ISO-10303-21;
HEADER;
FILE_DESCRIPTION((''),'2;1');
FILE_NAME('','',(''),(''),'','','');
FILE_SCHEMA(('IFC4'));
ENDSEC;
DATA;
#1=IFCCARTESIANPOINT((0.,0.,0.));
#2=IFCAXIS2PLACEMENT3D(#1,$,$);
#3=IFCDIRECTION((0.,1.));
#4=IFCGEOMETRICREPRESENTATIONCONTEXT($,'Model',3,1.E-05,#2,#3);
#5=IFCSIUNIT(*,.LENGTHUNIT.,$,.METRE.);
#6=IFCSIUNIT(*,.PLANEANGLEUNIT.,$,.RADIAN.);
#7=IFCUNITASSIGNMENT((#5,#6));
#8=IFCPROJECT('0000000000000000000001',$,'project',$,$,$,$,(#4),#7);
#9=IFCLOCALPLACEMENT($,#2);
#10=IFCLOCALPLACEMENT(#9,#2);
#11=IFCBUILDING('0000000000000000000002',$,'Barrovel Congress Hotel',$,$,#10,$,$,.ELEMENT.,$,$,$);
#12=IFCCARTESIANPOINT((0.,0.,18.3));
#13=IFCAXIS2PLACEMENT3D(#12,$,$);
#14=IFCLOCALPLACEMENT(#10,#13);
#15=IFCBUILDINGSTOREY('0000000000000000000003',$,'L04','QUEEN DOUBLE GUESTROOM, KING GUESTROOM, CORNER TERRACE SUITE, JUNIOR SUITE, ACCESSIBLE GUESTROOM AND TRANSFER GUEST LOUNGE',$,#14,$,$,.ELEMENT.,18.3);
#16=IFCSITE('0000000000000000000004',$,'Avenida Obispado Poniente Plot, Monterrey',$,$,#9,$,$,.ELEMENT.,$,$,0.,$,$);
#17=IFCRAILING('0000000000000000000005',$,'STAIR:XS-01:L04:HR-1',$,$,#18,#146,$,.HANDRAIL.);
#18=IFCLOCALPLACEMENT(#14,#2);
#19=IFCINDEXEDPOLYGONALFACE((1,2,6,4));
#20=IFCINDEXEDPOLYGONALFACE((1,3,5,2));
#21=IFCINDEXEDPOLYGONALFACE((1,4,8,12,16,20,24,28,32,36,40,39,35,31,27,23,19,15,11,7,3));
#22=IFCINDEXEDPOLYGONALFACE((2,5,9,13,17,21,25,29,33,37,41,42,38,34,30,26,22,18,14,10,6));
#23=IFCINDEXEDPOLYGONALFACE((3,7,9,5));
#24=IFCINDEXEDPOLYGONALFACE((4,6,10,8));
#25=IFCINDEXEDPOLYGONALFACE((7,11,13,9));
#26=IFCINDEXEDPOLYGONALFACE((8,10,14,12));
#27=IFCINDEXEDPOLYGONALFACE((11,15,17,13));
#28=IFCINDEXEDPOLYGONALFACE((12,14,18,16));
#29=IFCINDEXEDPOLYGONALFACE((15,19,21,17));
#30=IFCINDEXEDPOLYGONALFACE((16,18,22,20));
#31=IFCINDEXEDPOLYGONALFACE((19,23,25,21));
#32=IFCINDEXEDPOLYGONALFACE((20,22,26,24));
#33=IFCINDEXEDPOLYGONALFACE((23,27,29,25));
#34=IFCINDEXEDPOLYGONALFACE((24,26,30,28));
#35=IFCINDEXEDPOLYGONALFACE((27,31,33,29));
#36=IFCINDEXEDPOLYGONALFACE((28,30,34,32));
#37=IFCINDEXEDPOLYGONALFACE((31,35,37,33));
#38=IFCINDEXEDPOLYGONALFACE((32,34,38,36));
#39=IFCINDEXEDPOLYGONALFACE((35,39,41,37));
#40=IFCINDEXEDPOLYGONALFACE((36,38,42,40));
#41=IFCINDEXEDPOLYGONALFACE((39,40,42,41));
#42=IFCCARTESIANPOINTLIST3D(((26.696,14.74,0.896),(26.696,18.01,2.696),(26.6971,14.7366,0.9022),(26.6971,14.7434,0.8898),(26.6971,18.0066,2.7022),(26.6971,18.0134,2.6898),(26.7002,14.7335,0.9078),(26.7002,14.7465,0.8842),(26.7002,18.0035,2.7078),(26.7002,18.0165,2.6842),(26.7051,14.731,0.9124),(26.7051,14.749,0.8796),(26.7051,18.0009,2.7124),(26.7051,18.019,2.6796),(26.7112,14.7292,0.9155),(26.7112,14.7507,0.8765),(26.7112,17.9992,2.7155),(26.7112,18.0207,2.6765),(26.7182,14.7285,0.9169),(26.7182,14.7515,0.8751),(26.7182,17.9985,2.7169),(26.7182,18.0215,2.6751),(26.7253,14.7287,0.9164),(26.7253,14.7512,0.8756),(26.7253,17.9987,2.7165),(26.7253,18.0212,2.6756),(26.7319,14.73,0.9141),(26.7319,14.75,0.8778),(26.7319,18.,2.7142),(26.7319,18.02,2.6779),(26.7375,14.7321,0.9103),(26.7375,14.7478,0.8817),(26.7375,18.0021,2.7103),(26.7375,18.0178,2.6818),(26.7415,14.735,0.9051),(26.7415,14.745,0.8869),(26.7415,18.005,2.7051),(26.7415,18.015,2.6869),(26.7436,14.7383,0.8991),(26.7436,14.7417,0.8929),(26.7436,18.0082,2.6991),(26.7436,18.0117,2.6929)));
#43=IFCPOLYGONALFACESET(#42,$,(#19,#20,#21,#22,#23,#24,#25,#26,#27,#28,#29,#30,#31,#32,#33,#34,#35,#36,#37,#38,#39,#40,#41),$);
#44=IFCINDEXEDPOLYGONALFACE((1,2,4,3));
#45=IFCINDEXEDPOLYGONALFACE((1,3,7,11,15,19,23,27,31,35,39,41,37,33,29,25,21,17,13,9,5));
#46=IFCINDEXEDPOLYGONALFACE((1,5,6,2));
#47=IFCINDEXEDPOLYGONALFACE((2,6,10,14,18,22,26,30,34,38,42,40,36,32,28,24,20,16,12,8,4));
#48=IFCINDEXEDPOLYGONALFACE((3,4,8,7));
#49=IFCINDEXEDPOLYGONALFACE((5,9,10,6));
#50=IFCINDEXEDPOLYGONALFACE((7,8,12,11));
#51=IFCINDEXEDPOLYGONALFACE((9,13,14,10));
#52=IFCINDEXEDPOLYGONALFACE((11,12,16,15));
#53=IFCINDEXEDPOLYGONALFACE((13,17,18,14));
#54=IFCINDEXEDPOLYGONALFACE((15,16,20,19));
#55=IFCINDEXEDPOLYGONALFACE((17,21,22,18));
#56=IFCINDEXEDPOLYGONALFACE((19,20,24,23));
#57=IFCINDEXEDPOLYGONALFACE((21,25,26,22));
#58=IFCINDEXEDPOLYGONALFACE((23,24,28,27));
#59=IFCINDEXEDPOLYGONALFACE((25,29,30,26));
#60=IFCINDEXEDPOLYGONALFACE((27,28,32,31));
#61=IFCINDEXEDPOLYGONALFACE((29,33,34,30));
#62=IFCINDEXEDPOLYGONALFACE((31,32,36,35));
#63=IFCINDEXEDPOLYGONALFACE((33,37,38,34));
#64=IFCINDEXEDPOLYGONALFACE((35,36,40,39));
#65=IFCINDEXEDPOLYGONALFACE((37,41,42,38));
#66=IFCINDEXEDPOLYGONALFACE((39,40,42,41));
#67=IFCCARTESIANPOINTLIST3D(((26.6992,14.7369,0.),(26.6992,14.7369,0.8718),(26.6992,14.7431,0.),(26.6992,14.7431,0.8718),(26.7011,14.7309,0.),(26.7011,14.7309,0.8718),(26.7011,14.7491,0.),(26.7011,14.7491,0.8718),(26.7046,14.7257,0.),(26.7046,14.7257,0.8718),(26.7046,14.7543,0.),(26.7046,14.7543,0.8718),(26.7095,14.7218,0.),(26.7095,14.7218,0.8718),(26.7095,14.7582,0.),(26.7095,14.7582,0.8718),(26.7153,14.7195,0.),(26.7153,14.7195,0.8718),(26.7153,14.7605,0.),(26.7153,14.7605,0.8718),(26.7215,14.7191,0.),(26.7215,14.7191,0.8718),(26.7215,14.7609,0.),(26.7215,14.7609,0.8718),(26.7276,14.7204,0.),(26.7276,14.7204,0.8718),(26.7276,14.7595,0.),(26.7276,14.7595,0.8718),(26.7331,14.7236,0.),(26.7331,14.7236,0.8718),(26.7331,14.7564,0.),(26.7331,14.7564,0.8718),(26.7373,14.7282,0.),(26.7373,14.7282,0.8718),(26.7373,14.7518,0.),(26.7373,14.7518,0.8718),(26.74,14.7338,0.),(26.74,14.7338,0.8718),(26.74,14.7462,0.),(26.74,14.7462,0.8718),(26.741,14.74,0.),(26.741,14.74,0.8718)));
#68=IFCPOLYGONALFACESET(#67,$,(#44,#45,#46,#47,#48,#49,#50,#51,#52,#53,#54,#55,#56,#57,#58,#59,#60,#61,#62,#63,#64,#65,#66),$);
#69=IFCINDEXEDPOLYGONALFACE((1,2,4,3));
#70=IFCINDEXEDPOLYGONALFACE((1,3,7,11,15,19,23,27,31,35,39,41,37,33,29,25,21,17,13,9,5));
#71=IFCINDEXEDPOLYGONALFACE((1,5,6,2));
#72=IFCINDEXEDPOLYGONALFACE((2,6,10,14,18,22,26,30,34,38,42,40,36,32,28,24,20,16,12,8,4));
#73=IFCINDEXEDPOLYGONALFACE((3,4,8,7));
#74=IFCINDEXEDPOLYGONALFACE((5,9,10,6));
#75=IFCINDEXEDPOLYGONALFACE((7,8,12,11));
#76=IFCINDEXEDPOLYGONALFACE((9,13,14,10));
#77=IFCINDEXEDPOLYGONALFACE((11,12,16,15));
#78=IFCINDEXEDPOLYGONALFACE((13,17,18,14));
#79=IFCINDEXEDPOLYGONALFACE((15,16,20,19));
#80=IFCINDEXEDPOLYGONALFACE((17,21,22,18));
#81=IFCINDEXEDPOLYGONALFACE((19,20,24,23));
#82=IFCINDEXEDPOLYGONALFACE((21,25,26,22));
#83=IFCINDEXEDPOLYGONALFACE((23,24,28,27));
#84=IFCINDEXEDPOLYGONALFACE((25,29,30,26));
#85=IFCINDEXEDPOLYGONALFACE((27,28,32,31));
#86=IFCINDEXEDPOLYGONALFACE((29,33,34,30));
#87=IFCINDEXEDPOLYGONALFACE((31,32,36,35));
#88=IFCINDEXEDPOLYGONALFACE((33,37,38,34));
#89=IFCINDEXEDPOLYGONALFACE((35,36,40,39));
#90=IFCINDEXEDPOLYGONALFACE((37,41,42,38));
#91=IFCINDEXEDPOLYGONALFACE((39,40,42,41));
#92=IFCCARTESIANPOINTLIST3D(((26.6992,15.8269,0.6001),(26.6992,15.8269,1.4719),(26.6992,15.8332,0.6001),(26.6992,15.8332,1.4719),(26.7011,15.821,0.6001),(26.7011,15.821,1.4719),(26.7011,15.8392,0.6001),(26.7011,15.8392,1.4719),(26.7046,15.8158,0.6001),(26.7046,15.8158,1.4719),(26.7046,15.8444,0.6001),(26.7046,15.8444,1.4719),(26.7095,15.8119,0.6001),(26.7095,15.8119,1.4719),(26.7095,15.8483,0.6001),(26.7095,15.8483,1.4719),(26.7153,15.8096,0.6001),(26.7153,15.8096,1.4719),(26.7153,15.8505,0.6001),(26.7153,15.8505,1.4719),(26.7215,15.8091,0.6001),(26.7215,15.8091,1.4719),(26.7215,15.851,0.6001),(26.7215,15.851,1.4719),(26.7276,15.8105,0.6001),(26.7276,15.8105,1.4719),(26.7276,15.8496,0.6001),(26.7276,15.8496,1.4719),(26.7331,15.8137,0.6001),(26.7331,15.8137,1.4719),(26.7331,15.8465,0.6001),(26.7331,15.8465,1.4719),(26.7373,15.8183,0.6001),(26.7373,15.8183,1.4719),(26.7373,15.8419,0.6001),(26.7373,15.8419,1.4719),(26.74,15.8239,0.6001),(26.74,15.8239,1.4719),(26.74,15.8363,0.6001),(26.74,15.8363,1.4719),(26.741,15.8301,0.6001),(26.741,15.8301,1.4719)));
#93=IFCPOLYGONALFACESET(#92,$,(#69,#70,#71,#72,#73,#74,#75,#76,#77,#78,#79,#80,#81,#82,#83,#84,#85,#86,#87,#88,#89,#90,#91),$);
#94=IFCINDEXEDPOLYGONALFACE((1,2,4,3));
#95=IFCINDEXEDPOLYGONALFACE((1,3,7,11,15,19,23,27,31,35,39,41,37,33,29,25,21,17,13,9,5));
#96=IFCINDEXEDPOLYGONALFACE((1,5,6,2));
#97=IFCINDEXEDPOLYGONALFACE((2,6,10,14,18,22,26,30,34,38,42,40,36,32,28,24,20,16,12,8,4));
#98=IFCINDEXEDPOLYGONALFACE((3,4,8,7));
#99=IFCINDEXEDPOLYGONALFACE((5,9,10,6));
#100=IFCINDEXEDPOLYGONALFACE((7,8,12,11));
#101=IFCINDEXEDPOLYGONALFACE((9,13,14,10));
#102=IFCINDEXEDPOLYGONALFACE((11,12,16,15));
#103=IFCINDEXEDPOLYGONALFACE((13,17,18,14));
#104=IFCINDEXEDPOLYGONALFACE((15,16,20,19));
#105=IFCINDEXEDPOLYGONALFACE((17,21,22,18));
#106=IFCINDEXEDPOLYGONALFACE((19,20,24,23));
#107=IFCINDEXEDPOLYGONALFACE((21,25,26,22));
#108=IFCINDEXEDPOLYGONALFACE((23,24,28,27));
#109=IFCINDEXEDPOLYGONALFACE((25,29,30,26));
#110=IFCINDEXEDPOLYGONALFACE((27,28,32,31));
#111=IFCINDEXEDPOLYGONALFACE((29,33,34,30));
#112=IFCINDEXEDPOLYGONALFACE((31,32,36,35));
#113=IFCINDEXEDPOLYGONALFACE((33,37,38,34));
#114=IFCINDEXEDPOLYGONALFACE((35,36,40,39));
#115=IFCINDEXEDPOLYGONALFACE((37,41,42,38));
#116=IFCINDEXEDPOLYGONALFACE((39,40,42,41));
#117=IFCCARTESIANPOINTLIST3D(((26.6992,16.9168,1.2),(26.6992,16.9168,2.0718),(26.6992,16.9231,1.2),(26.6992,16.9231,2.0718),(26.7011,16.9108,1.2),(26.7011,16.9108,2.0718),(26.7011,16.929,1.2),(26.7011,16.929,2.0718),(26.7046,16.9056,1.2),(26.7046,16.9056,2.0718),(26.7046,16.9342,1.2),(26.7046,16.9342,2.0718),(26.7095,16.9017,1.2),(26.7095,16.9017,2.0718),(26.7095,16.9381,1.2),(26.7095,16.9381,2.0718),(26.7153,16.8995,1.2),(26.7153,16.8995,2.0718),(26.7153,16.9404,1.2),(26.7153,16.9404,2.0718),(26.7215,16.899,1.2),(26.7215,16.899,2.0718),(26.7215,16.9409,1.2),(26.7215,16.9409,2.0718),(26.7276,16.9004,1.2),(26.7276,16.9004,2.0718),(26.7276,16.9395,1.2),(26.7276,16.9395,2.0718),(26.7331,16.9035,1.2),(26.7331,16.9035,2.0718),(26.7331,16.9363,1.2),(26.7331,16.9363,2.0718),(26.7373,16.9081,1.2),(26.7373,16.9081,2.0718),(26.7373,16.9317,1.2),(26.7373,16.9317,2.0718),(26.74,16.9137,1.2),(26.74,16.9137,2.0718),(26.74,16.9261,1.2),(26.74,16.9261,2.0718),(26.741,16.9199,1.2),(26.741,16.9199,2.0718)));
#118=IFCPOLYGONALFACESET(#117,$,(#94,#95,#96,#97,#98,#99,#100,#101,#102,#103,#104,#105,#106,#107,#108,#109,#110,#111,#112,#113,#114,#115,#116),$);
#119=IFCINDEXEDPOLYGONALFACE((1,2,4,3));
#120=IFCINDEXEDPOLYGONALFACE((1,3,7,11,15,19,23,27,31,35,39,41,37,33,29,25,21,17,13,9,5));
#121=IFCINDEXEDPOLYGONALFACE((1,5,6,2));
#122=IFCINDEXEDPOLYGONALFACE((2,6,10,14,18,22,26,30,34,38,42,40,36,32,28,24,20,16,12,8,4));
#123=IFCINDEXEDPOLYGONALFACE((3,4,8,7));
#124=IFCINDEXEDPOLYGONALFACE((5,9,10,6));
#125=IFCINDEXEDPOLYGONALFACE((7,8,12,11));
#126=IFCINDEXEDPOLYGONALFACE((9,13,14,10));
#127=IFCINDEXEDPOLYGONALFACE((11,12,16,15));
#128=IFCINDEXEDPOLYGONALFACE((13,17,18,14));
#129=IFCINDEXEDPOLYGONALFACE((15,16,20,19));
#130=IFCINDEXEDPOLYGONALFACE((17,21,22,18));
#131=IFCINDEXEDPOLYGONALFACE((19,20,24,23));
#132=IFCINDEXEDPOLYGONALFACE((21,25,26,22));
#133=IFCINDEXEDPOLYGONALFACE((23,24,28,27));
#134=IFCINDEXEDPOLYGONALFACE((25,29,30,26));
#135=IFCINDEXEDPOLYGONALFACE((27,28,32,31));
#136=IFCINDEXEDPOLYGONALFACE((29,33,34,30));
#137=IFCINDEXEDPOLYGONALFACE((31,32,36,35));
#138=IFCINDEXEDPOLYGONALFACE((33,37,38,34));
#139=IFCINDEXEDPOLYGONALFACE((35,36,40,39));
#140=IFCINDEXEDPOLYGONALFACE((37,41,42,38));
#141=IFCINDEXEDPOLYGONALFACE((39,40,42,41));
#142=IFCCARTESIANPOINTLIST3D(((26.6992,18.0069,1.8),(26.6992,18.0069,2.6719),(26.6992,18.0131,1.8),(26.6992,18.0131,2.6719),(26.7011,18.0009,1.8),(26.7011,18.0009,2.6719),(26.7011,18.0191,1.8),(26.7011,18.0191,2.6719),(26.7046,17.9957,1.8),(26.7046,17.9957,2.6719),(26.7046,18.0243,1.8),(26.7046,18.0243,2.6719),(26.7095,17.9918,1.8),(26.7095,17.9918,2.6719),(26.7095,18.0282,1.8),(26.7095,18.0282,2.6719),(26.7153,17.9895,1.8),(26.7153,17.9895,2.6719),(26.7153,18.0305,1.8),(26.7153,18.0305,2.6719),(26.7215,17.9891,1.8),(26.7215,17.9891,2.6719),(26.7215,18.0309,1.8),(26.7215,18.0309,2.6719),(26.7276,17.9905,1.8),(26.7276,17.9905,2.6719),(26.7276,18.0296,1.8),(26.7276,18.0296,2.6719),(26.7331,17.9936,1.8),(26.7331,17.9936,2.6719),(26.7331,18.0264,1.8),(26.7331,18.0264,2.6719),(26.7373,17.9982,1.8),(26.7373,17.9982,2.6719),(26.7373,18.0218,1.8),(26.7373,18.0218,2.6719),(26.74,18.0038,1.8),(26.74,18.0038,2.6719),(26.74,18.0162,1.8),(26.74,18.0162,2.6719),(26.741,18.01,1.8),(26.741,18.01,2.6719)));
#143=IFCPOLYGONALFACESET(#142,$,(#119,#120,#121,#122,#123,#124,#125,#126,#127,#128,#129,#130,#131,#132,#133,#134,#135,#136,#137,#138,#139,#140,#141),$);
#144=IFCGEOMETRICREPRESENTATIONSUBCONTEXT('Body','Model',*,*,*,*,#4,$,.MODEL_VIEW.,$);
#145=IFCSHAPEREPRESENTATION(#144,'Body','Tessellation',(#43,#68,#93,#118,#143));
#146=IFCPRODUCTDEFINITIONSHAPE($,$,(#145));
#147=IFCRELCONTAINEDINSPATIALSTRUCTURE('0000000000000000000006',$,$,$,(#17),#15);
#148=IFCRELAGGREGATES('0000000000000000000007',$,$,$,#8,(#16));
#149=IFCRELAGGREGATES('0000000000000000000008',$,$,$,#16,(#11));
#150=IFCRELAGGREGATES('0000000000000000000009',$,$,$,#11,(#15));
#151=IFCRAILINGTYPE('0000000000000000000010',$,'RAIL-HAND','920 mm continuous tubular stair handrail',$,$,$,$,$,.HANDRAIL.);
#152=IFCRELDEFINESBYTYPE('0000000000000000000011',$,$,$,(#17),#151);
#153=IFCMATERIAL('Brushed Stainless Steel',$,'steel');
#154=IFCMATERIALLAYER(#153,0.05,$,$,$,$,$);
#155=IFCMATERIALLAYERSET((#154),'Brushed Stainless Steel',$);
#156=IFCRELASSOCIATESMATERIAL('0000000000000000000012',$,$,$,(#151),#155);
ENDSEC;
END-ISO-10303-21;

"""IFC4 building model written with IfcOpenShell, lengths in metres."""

from ifc_helpers import new_model, si_unit, direction, frame, origin, origin_2d, place, context, subcontext, project, spatial, circle, extrude, material, layer, layer_set, type_object, element, save


model = new_model("IFC4")

# Units and contexts
model_context = context("Model", 3, precision=1e-05, world=origin(), true_north=direction((0.0, 1.0)))
body_context = subcontext(model_context, "Body", "Model", "MODEL_VIEW")
ifc_project = project(units=[si_unit("LENGTHUNIT", "METRE"), si_unit("PLANEANGLEUNIT", "RADIAN")], contexts=[model_context])

# Site, building, storey
site_placement = place(None, origin())
site = spatial("IfcSite", under=ifc_project, at=site_placement, Name="Avenida Obispado Poniente Plot, Monterrey", CompositionType="ELEMENT", RefElevation=0.0)
building_placement = place(site_placement, origin())
building = spatial("IfcBuilding", under=site, at=building_placement, Name="Barrovel Congress Hotel", CompositionType="ELEMENT")
storey_placement = place(building_placement, frame((0.0, 0.0, 18.3)))
storey = spatial("IfcBuildingStorey", under=building, at=storey_placement, Name="L04", Description="QUEEN DOUBLE GUESTROOM, KING GUESTROOM, CORNER TERRACE SUITE, JUNIOR SUITE, ACCESSIBLE GUESTROOM AND TRANSFER GUEST LOUNGE", CompositionType="ELEMENT", Elevation=18.3)

# Railing
ifc_material_1 = material(Name="Brushed Stainless Steel", Category="steel")
ifc_layer_1 = layer(ifc_material_1, 0.05)
ifc_layer_set_1 = layer_set([ifc_layer_1], Name="Brushed Stainless Steel")
railing_type_1 = type_object("IfcRailingType", Name="RAIL-HAND", Description="920 mm continuous tubular stair handrail", PredefinedType="HANDRAIL", material=ifc_layer_set_1)
railing_1_placement = place(storey_placement, frame((26.72, 14.74, 0.0)))
element("IfcRailing", 1, at=railing_1_placement, inside=storey, type_object=railing_type_1, Name="STAIR:XS-01:L04:HR-1", PredefinedType="HANDRAIL", context=body_context, shape_type="SweptSolid", body=[
    extrude(circle(Radius=0.0239, at=origin_2d()), frame((0.0, 0.0, 0.896), z_axis=(0.0, 0.876042, 0.482235), x_axis=(-1.0, 0.0, 0.0)), (0.0, 0.0, 1.0), 3.7327),
    extrude(circle(Radius=0.021, at=origin_2d()), origin(), (0.0, 0.0, 1.0), 0.8718),
    extrude(circle(Radius=0.021, at=origin_2d()), frame((0.0, 1.0901, 0.6001)), (0.0, 0.0, 1.0), 0.8718),
    extrude(circle(Radius=0.021, at=origin_2d()), frame((0.0, 2.1799, 1.2)), (0.0, 0.0, 1.0), 0.8718),
    extrude(circle(Radius=0.021, at=origin_2d()), frame((0.0, 3.27, 1.8)), (0.0, 0.0, 1.0), 0.8718),
])

save(model, "model.ifc")
